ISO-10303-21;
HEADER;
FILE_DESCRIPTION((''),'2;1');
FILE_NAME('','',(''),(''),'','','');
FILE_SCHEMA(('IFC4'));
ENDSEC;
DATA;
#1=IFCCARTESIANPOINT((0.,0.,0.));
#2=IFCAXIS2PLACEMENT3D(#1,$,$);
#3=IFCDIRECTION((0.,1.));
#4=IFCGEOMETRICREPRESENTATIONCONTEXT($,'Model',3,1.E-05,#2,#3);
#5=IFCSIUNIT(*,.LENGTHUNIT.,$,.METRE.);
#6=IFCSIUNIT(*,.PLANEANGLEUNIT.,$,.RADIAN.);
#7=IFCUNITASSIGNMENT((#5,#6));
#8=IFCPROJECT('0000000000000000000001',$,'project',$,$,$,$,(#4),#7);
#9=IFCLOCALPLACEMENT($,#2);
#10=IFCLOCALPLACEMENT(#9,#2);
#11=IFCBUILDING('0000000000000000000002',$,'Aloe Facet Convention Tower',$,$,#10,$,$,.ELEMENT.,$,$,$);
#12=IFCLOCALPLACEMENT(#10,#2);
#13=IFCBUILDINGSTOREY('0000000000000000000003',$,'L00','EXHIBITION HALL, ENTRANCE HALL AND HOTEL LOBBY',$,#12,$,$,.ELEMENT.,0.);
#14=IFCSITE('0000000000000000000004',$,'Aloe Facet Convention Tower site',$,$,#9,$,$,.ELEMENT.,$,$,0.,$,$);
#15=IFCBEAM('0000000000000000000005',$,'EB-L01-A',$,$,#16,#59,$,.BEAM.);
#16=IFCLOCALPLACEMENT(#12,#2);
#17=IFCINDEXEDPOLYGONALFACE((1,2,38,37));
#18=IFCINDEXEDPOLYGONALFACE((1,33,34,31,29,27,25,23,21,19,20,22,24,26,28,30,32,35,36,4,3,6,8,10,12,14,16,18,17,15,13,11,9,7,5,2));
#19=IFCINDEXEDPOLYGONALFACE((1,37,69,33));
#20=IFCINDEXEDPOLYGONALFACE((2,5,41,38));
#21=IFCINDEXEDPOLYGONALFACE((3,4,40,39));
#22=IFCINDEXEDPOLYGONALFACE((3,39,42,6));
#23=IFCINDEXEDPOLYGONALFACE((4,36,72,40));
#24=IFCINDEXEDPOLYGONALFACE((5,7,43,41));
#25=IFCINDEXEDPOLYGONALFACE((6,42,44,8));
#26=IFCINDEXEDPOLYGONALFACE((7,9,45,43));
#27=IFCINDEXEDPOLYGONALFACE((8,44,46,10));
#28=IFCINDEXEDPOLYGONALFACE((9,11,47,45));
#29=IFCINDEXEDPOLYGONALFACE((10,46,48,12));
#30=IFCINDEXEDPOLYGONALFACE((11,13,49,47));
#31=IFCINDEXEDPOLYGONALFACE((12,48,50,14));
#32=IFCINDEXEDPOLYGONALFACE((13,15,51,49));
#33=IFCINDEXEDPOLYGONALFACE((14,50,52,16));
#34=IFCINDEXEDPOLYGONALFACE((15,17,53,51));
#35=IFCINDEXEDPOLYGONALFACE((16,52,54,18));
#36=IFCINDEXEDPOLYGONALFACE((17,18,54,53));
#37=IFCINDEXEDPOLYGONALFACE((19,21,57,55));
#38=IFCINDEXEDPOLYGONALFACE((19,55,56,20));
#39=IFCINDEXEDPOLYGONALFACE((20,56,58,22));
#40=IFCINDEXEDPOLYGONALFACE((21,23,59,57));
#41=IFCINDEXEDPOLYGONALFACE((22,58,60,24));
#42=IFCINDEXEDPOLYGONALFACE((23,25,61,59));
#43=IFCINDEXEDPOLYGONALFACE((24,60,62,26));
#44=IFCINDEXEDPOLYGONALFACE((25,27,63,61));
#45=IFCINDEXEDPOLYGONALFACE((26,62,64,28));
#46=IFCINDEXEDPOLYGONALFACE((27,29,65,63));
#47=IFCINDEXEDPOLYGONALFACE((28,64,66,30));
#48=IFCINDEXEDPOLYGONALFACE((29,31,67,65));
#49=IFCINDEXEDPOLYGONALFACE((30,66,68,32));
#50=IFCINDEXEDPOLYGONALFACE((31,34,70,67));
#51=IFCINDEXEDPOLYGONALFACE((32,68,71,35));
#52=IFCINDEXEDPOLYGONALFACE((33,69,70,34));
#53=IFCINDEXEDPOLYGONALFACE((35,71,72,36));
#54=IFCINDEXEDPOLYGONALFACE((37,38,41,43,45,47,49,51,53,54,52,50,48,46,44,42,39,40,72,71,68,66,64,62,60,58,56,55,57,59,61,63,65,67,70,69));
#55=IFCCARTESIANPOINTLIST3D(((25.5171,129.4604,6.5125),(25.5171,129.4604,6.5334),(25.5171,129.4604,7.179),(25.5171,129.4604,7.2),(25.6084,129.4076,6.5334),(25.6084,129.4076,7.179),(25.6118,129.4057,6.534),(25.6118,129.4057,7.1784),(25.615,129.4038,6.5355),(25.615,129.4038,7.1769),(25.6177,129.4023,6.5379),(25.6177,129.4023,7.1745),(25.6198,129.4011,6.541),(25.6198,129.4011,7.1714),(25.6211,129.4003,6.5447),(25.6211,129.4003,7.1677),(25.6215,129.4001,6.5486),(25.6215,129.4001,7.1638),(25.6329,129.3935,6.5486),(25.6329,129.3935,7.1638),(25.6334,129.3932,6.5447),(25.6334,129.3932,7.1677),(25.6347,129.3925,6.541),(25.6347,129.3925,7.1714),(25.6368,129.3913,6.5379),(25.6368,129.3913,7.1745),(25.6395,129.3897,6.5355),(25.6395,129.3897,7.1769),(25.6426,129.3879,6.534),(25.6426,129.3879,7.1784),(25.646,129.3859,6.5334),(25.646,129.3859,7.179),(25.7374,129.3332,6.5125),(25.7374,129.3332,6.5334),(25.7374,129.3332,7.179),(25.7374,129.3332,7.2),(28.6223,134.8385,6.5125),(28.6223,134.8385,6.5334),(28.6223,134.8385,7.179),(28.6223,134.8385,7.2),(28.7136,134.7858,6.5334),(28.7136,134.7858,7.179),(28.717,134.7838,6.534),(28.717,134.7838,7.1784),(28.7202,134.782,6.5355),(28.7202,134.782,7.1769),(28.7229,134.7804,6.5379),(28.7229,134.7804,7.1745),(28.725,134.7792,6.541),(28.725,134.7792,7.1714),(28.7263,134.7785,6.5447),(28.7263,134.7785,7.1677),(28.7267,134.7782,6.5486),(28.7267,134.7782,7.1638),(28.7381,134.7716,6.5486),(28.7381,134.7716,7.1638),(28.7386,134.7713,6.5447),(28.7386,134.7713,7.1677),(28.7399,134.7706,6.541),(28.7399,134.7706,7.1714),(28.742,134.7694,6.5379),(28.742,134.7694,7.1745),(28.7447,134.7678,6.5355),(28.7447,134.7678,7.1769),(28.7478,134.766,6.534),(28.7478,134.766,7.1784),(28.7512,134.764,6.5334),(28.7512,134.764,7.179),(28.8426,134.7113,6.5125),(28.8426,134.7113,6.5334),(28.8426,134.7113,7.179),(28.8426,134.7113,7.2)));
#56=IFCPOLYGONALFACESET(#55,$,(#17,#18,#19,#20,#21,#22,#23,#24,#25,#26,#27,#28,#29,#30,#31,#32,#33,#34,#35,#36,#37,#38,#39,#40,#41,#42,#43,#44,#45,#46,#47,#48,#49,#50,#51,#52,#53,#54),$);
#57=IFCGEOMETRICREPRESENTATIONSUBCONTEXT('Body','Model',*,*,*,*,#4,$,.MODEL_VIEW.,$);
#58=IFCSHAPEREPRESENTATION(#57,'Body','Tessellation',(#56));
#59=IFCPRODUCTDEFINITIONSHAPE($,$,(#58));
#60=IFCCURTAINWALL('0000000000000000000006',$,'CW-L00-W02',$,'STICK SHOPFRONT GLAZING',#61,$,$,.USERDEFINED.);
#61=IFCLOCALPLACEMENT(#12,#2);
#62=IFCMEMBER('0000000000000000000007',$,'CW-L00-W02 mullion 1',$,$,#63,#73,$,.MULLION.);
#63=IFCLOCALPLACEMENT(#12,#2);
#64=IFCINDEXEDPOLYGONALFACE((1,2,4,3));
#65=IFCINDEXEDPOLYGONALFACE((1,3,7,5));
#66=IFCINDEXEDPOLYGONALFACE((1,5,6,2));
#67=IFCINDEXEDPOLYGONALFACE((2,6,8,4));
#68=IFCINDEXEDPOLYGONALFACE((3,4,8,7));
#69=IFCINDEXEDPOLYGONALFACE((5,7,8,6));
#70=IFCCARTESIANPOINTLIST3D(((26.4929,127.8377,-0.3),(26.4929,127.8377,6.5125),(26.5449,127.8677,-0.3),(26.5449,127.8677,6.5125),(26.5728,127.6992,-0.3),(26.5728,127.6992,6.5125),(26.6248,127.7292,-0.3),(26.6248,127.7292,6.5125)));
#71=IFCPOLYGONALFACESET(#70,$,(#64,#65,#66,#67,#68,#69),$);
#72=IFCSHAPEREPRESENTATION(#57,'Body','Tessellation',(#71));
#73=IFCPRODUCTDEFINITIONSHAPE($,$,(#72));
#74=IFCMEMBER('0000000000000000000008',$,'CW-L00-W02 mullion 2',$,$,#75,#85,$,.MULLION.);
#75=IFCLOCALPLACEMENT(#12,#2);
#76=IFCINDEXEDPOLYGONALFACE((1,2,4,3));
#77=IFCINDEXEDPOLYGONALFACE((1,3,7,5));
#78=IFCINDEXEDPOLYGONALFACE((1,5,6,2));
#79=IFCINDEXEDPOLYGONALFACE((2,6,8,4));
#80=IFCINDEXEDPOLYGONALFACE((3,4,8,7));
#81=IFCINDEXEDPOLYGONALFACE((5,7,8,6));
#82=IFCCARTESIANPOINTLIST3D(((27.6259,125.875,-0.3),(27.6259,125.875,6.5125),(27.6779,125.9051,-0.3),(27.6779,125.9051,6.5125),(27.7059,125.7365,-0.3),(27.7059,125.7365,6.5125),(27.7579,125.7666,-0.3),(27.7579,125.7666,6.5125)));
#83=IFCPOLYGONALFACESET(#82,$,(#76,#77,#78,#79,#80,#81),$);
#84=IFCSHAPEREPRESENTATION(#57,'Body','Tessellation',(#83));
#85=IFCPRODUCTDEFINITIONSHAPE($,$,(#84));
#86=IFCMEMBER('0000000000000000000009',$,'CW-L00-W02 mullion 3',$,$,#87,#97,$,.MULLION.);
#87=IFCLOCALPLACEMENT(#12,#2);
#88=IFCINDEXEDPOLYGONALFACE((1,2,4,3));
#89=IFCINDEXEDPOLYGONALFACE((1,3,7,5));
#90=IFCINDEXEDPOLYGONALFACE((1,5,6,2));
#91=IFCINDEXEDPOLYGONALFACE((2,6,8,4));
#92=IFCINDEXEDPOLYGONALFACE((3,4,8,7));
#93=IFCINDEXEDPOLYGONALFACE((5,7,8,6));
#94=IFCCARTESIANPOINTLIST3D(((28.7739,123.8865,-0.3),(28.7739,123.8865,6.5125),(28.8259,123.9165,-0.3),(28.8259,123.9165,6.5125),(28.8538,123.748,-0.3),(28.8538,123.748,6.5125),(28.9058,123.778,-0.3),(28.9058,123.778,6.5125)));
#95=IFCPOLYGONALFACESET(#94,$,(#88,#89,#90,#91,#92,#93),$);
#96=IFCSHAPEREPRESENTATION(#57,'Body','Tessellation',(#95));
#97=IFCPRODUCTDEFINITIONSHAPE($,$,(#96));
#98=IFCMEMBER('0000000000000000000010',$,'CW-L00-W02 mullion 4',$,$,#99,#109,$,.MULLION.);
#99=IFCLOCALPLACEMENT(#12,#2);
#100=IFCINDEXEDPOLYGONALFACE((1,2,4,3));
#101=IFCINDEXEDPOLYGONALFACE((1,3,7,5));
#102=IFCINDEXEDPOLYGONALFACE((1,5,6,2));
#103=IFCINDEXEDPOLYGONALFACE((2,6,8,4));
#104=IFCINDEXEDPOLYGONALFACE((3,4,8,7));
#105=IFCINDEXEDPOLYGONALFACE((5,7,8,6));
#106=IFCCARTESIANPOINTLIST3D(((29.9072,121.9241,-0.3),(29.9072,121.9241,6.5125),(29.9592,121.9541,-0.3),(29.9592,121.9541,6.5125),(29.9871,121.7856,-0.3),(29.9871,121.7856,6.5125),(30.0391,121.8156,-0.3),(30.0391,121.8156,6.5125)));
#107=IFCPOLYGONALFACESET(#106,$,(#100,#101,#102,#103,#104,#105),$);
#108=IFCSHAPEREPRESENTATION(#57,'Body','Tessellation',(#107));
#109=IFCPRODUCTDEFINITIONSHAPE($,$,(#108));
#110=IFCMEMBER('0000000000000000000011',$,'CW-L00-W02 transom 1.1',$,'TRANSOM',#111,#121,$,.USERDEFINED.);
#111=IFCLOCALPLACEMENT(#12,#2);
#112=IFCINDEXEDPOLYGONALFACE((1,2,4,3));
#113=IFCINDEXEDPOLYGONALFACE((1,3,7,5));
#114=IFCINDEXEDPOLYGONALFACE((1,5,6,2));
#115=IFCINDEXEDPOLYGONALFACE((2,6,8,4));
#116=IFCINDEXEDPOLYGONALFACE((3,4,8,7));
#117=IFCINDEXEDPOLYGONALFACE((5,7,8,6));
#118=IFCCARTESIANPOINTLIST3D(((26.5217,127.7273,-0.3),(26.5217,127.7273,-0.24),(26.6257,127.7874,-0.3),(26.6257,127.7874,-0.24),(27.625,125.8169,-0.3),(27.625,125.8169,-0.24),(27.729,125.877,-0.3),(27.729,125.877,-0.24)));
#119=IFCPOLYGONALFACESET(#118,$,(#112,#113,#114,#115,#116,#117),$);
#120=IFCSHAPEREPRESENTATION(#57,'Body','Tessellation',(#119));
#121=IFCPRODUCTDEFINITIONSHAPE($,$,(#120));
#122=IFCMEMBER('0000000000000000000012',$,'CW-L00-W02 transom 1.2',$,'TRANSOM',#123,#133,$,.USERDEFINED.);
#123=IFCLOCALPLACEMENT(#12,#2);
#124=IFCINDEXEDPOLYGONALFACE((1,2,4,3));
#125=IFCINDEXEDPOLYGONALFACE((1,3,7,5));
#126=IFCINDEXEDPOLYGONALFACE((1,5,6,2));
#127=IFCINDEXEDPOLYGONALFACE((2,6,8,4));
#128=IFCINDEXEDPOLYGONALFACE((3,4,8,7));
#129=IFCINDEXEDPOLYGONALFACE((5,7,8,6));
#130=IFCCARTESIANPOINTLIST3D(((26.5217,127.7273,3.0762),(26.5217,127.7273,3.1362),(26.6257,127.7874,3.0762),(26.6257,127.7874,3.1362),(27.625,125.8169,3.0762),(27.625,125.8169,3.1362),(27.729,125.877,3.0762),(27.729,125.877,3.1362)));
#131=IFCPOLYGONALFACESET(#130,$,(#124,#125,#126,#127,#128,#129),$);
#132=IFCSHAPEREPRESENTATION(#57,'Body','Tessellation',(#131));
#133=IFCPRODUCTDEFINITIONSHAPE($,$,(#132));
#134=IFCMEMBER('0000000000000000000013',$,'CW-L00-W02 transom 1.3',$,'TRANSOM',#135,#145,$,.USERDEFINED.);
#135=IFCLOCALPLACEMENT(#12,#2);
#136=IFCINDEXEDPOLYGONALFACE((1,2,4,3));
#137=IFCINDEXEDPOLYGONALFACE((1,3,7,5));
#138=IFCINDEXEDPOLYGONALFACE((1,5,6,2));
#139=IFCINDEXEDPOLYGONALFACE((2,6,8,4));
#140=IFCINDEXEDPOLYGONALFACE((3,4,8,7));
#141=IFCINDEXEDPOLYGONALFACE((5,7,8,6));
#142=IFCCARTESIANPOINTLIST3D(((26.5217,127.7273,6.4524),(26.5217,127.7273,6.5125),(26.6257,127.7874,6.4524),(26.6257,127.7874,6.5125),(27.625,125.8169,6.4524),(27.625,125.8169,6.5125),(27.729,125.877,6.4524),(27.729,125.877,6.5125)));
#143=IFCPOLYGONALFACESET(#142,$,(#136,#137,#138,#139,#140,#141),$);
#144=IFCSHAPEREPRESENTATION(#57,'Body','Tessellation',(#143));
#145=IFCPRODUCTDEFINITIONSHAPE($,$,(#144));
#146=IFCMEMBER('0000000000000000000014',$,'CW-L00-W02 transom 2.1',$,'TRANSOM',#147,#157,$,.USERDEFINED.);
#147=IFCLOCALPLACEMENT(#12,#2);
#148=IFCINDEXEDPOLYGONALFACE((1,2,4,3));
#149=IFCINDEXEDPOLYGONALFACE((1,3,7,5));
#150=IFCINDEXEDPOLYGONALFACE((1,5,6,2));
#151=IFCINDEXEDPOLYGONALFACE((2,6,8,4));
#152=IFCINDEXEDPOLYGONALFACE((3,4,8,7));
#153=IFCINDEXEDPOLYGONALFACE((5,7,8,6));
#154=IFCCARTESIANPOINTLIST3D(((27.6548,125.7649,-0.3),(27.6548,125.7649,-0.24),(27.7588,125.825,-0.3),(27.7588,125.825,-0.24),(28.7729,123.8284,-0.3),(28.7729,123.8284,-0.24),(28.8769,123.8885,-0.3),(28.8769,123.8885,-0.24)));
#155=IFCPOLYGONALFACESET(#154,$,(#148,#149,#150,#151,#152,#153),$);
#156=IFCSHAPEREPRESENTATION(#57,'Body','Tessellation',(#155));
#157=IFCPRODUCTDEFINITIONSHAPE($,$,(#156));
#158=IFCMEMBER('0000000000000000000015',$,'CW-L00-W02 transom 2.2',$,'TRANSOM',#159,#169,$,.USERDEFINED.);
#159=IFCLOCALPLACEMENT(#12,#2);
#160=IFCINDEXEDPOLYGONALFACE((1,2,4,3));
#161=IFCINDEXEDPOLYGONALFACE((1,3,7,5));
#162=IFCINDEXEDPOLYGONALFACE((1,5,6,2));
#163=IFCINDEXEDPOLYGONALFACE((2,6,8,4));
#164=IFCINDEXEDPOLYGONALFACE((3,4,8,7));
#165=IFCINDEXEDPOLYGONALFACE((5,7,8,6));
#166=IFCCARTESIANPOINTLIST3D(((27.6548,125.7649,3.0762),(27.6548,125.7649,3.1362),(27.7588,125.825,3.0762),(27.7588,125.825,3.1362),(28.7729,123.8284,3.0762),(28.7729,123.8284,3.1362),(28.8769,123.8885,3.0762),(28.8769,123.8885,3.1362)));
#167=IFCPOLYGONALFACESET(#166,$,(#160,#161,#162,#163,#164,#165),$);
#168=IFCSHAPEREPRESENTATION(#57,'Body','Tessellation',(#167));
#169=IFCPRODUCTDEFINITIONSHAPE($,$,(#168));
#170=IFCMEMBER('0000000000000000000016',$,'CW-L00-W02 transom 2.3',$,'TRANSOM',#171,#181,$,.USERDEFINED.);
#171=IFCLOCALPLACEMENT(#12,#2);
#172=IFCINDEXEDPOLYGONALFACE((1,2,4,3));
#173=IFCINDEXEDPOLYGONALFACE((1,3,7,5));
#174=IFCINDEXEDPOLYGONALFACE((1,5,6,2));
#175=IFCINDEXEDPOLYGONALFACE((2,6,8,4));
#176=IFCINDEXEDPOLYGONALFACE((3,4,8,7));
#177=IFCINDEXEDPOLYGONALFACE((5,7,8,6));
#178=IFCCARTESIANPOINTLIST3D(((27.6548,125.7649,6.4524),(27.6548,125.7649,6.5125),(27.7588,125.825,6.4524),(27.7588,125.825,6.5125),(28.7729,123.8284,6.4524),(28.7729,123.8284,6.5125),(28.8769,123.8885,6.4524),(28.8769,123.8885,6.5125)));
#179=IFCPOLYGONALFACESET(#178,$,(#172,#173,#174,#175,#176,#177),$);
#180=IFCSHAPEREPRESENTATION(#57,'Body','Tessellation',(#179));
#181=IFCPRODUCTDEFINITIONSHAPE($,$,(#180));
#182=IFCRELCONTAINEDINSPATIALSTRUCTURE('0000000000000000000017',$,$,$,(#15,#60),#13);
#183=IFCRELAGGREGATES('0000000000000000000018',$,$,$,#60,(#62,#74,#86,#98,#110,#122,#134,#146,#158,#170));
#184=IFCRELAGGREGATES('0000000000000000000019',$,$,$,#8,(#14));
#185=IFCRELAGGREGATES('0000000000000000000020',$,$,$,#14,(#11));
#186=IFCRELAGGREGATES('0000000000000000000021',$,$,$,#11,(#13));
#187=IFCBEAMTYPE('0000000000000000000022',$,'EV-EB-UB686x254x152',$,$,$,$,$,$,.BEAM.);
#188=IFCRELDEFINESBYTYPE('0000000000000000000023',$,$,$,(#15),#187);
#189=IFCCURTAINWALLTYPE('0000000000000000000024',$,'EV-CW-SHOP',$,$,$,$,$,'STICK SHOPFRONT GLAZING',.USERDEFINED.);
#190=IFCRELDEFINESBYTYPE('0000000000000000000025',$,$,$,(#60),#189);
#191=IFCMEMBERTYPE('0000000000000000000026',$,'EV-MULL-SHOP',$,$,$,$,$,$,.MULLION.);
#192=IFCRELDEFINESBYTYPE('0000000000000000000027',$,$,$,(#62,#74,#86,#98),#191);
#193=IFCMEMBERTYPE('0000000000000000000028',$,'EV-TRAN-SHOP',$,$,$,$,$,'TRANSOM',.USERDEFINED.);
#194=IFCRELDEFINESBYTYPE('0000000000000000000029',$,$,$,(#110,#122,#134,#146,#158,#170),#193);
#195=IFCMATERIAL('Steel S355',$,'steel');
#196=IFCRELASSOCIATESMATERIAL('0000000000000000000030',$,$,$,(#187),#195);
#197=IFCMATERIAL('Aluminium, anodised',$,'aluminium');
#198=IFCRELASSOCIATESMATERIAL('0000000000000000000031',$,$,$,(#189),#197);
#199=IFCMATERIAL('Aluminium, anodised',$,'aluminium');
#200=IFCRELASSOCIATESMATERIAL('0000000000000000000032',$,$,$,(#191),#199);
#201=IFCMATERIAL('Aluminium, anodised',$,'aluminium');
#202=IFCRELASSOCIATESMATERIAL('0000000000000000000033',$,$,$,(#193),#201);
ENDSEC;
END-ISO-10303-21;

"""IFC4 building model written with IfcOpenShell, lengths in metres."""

from ifc_helpers import new_model, si_unit, direction, frame, origin, origin_2d, place, context, subcontext, project, spatial, rectangle, i_section, extrude, material, material_profile, profile_set, type_object, element, aggregate, save


model = new_model("IFC4")

# Units and contexts
model_context = context("Model", 3, precision=1e-05, world=origin(), true_north=direction((0.0, 1.0)))
body_context = subcontext(model_context, "Body", "Model", "MODEL_VIEW")
ifc_project = project(units=[si_unit("LENGTHUNIT", "METRE"), si_unit("PLANEANGLEUNIT", "RADIAN")], contexts=[model_context])

# Site, building, storey
site_placement = place(None, origin())
site = spatial("IfcSite", under=ifc_project, at=site_placement, Name="Aloe Facet Convention Tower site", CompositionType="ELEMENT", RefElevation=0.0)
building_placement = place(site_placement, origin())
building = spatial("IfcBuilding", under=site, at=building_placement, Name="Aloe Facet Convention Tower", CompositionType="ELEMENT")
storey_placement = place(building_placement, origin())
storey = spatial("IfcBuildingStorey", under=building, at=storey_placement, Name="L00", Description="EXHIBITION HALL, ENTRANCE HALL AND HOTEL LOBBY", CompositionType="ELEMENT", Elevation=0.0)

# Beam
ifc_material_1 = material(Name="Steel S355", Category="steel")
ifc_material_profile_1 = material_profile(ifc_material_1, i_section(OverallWidth=0.2544, OverallDepth=0.6875, WebThickness=0.0132, FlangeThickness=0.021, FilletRadius=0.0151, at=origin_2d()), Name="UB 686x254x152")
ifc_profile_set_1 = profile_set([ifc_material_profile_1], Name="Steel S355")
beam_type_1 = type_object("IfcBeamType", Name="EV-EB-UB686x254x152", PredefinedType="BEAM", material=ifc_profile_set_1)
beam_1_placement = place(storey_placement, frame((28.7324, 134.7749, 6.8562), z_axis=(-0.500016, -0.866016, 0.0), x_axis=(0.866016, -0.500016, 0.0)))
element("IfcBeam", 1, at=beam_1_placement, inside=storey, type_object=beam_type_1, Name="EB-L01-A", PredefinedType="BEAM", context=body_context, shape_type="SweptSolid", body=[
    extrude(i_section(OverallWidth=0.2544, OverallDepth=0.6875, WebThickness=0.0132, FlangeThickness=0.021, FilletRadius=0.0151, at=origin_2d()), origin(), (0.0, 0.0, 1.0), 6.2102),
])

# Curtain wall, members
ifc_material_2 = material(Name="Aluminium, anodised", Category="aluminium")
curtain_wall_type = type_object("IfcCurtainWallType", Name="EV-CW-SHOP", ElementType="STICK SHOPFRONT GLAZING", PredefinedType="USERDEFINED", material=ifc_material_2)
curtain_wall_placement = place(storey_placement, origin())
curtain_wall = element("IfcCurtainWall", 2, at=curtain_wall_placement, inside=storey, type_object=curtain_wall_type, Name="CW-L00-W02", ObjectType="STICK SHOPFRONT GLAZING", PredefinedType="USERDEFINED")
ifc_material_3 = material(Name="Aluminium, anodised", Category="aluminium")
ifc_material_profile_2 = material_profile(ifc_material_3, rectangle(XDim=0.0601, YDim=0.1599, at=origin_2d()), Name="AL 60x160")
ifc_profile_set_2 = profile_set([ifc_material_profile_2], Name="Aluminium, anodised")
member_type_1 = type_object("IfcMemberType", Name="EV-MULL-SHOP", PredefinedType="MULLION", material=ifc_profile_set_2)
member_1_placement = place(storey_placement, frame((26.5588, 127.7834, -0.3), z_axis=(0.0, 0.0, 1.0), x_axis=(0.866025, 0.5, 0.0)))
member_1 = element("IfcMember", 3, at=member_1_placement, type_object=member_type_1, Name="CW-L00-W02 mullion 1", PredefinedType="MULLION", context=body_context, shape_type="SweptSolid", body=[
    extrude(rectangle(XDim=0.0601, YDim=0.1599, at=origin_2d()), origin(), (0.0, 0.0, 1.0), 6.8125),
])
member_2_placement = place(storey_placement, frame((27.6919, 125.8208, -0.3), z_axis=(0.0, 0.0, 1.0), x_axis=(0.866025, 0.5, 0.0)))
member_2 = element("IfcMember", 4, at=member_2_placement, type_object=member_type_1, Name="CW-L00-W02 mullion 2", PredefinedType="MULLION", context=body_context, shape_type="SweptSolid", body=[
    extrude(rectangle(XDim=0.0601, YDim=0.1599, at=origin_2d()), origin(), (0.0, 0.0, 1.0), 6.8125),
])
member_3_placement = place(storey_placement, frame((28.8398, 123.8323, -0.3), z_axis=(0.0, 0.0, 1.0), x_axis=(0.866025, 0.5, 0.0)))
member_3 = element("IfcMember", 5, at=member_3_placement, type_object=member_type_1, Name="CW-L00-W02 mullion 3", PredefinedType="MULLION", context=body_context, shape_type="SweptSolid", body=[
    extrude(rectangle(XDim=0.0601, YDim=0.1599, at=origin_2d()), origin(), (0.0, 0.0, 1.0), 6.8125),
])
member_4_placement = place(storey_placement, frame((29.9731, 121.8699, -0.3), z_axis=(0.0, 0.0, 1.0), x_axis=(0.866025, 0.5, 0.0)))
member_4 = element("IfcMember", 6, at=member_4_placement, type_object=member_type_1, Name="CW-L00-W02 mullion 4", PredefinedType="MULLION", context=body_context, shape_type="SweptSolid", body=[
    extrude(rectangle(XDim=0.0601, YDim=0.1599, at=origin_2d()), origin(), (0.0, 0.0, 1.0), 6.8125),
])
ifc_material_4 = material(Name="Aluminium, anodised", Category="aluminium")
ifc_material_profile_3 = material_profile(ifc_material_4, rectangle(XDim=0.1201, YDim=0.0601, at=origin_2d()), Name="AL 120x60")
ifc_profile_set_3 = profile_set([ifc_material_profile_3], Name="Aluminium, anodised")
member_type_2 = type_object("IfcMemberType", Name="EV-TRAN-SHOP", ElementType="TRANSOM", PredefinedType="USERDEFINED", material=ifc_profile_set_3)
member_5_placement = place(storey_placement, frame((26.5737, 127.7573, -0.27), z_axis=(0.500102, -0.865966, 0.0), x_axis=(0.865966, 0.500102, 0.0)))
member_5 = element("IfcMember", 7, at=member_5_placement, type_object=member_type_2, Name="CW-L00-W02 transom 1.1", ObjectType="TRANSOM", PredefinedType="USERDEFINED", context=body_context, shape_type="SweptSolid", body=[
    extrude(rectangle(XDim=0.1201, YDim=0.0601, at=origin_2d()), origin(), (0.0, 0.0, 1.0), 2.2061),
])
member_6_placement = place(storey_placement, frame((26.5737, 127.7573, 3.1062), z_axis=(0.500102, -0.865966, 0.0), x_axis=(0.865966, 0.500102, 0.0)))
member_6 = element("IfcMember", 8, at=member_6_placement, type_object=member_type_2, Name="CW-L00-W02 transom 1.2", ObjectType="TRANSOM", PredefinedType="USERDEFINED", context=body_context, shape_type="SweptSolid", body=[
    extrude(rectangle(XDim=0.1201, YDim=0.0601, at=origin_2d()), origin(), (0.0, 0.0, 1.0), 2.2061),
])
member_7_placement = place(storey_placement, frame((26.5737, 127.7573, 6.4824), z_axis=(0.500102, -0.865966, 0.0), x_axis=(0.865966, 0.500102, 0.0)))
member_7 = element("IfcMember", 9, at=member_7_placement, type_object=member_type_2, Name="CW-L00-W02 transom 1.3", ObjectType="TRANSOM", PredefinedType="USERDEFINED", context=body_context, shape_type="SweptSolid", body=[
    extrude(rectangle(XDim=0.1201, YDim=0.0601, at=origin_2d()), origin(), (0.0, 0.0, 1.0), 2.2061),
])
member_8_placement = place(storey_placement, frame((27.7068, 125.7949, -0.27), z_axis=(0.500037, -0.866004, 0.0), x_axis=(0.866004, 0.500037, 0.0)))
member_8 = element("IfcMember", 10, at=member_8_placement, type_object=member_type_2, Name="CW-L00-W02 transom 2.1", ObjectType="TRANSOM", PredefinedType="USERDEFINED", context=body_context, shape_type="SweptSolid", body=[
    extrude(rectangle(XDim=0.1201, YDim=0.0601, at=origin_2d()), origin(), (0.0, 0.0, 1.0), 2.2361),
])
member_9_placement = place(storey_placement, frame((27.7068, 125.7949, 3.1062), z_axis=(0.500037, -0.866004, 0.0), x_axis=(0.866004, 0.500037, 0.0)))
member_9 = element("IfcMember", 11, at=member_9_placement, type_object=member_type_2, Name="CW-L00-W02 transom 2.2", ObjectType="TRANSOM", PredefinedType="USERDEFINED", context=body_context, shape_type="SweptSolid", body=[
    extrude(rectangle(XDim=0.1201, YDim=0.0601, at=origin_2d()), origin(), (0.0, 0.0, 1.0), 2.2361),
])
member_10_placement = place(storey_placement, frame((27.7068, 125.7949, 6.4824), z_axis=(0.500037, -0.866004, 0.0), x_axis=(0.866004, 0.500037, 0.0)))
member_10 = element("IfcMember", 12, at=member_10_placement, type_object=member_type_2, Name="CW-L00-W02 transom 2.3", ObjectType="TRANSOM", PredefinedType="USERDEFINED", context=body_context, shape_type="SweptSolid", body=[
    extrude(rectangle(XDim=0.1201, YDim=0.0601, at=origin_2d()), origin(), (0.0, 0.0, 1.0), 2.2361),
])

aggregate(curtain_wall, [member_1, member_2, member_3, member_4, member_5, member_6, member_7, member_8, member_9, member_10])

save(model, "model.ifc")
